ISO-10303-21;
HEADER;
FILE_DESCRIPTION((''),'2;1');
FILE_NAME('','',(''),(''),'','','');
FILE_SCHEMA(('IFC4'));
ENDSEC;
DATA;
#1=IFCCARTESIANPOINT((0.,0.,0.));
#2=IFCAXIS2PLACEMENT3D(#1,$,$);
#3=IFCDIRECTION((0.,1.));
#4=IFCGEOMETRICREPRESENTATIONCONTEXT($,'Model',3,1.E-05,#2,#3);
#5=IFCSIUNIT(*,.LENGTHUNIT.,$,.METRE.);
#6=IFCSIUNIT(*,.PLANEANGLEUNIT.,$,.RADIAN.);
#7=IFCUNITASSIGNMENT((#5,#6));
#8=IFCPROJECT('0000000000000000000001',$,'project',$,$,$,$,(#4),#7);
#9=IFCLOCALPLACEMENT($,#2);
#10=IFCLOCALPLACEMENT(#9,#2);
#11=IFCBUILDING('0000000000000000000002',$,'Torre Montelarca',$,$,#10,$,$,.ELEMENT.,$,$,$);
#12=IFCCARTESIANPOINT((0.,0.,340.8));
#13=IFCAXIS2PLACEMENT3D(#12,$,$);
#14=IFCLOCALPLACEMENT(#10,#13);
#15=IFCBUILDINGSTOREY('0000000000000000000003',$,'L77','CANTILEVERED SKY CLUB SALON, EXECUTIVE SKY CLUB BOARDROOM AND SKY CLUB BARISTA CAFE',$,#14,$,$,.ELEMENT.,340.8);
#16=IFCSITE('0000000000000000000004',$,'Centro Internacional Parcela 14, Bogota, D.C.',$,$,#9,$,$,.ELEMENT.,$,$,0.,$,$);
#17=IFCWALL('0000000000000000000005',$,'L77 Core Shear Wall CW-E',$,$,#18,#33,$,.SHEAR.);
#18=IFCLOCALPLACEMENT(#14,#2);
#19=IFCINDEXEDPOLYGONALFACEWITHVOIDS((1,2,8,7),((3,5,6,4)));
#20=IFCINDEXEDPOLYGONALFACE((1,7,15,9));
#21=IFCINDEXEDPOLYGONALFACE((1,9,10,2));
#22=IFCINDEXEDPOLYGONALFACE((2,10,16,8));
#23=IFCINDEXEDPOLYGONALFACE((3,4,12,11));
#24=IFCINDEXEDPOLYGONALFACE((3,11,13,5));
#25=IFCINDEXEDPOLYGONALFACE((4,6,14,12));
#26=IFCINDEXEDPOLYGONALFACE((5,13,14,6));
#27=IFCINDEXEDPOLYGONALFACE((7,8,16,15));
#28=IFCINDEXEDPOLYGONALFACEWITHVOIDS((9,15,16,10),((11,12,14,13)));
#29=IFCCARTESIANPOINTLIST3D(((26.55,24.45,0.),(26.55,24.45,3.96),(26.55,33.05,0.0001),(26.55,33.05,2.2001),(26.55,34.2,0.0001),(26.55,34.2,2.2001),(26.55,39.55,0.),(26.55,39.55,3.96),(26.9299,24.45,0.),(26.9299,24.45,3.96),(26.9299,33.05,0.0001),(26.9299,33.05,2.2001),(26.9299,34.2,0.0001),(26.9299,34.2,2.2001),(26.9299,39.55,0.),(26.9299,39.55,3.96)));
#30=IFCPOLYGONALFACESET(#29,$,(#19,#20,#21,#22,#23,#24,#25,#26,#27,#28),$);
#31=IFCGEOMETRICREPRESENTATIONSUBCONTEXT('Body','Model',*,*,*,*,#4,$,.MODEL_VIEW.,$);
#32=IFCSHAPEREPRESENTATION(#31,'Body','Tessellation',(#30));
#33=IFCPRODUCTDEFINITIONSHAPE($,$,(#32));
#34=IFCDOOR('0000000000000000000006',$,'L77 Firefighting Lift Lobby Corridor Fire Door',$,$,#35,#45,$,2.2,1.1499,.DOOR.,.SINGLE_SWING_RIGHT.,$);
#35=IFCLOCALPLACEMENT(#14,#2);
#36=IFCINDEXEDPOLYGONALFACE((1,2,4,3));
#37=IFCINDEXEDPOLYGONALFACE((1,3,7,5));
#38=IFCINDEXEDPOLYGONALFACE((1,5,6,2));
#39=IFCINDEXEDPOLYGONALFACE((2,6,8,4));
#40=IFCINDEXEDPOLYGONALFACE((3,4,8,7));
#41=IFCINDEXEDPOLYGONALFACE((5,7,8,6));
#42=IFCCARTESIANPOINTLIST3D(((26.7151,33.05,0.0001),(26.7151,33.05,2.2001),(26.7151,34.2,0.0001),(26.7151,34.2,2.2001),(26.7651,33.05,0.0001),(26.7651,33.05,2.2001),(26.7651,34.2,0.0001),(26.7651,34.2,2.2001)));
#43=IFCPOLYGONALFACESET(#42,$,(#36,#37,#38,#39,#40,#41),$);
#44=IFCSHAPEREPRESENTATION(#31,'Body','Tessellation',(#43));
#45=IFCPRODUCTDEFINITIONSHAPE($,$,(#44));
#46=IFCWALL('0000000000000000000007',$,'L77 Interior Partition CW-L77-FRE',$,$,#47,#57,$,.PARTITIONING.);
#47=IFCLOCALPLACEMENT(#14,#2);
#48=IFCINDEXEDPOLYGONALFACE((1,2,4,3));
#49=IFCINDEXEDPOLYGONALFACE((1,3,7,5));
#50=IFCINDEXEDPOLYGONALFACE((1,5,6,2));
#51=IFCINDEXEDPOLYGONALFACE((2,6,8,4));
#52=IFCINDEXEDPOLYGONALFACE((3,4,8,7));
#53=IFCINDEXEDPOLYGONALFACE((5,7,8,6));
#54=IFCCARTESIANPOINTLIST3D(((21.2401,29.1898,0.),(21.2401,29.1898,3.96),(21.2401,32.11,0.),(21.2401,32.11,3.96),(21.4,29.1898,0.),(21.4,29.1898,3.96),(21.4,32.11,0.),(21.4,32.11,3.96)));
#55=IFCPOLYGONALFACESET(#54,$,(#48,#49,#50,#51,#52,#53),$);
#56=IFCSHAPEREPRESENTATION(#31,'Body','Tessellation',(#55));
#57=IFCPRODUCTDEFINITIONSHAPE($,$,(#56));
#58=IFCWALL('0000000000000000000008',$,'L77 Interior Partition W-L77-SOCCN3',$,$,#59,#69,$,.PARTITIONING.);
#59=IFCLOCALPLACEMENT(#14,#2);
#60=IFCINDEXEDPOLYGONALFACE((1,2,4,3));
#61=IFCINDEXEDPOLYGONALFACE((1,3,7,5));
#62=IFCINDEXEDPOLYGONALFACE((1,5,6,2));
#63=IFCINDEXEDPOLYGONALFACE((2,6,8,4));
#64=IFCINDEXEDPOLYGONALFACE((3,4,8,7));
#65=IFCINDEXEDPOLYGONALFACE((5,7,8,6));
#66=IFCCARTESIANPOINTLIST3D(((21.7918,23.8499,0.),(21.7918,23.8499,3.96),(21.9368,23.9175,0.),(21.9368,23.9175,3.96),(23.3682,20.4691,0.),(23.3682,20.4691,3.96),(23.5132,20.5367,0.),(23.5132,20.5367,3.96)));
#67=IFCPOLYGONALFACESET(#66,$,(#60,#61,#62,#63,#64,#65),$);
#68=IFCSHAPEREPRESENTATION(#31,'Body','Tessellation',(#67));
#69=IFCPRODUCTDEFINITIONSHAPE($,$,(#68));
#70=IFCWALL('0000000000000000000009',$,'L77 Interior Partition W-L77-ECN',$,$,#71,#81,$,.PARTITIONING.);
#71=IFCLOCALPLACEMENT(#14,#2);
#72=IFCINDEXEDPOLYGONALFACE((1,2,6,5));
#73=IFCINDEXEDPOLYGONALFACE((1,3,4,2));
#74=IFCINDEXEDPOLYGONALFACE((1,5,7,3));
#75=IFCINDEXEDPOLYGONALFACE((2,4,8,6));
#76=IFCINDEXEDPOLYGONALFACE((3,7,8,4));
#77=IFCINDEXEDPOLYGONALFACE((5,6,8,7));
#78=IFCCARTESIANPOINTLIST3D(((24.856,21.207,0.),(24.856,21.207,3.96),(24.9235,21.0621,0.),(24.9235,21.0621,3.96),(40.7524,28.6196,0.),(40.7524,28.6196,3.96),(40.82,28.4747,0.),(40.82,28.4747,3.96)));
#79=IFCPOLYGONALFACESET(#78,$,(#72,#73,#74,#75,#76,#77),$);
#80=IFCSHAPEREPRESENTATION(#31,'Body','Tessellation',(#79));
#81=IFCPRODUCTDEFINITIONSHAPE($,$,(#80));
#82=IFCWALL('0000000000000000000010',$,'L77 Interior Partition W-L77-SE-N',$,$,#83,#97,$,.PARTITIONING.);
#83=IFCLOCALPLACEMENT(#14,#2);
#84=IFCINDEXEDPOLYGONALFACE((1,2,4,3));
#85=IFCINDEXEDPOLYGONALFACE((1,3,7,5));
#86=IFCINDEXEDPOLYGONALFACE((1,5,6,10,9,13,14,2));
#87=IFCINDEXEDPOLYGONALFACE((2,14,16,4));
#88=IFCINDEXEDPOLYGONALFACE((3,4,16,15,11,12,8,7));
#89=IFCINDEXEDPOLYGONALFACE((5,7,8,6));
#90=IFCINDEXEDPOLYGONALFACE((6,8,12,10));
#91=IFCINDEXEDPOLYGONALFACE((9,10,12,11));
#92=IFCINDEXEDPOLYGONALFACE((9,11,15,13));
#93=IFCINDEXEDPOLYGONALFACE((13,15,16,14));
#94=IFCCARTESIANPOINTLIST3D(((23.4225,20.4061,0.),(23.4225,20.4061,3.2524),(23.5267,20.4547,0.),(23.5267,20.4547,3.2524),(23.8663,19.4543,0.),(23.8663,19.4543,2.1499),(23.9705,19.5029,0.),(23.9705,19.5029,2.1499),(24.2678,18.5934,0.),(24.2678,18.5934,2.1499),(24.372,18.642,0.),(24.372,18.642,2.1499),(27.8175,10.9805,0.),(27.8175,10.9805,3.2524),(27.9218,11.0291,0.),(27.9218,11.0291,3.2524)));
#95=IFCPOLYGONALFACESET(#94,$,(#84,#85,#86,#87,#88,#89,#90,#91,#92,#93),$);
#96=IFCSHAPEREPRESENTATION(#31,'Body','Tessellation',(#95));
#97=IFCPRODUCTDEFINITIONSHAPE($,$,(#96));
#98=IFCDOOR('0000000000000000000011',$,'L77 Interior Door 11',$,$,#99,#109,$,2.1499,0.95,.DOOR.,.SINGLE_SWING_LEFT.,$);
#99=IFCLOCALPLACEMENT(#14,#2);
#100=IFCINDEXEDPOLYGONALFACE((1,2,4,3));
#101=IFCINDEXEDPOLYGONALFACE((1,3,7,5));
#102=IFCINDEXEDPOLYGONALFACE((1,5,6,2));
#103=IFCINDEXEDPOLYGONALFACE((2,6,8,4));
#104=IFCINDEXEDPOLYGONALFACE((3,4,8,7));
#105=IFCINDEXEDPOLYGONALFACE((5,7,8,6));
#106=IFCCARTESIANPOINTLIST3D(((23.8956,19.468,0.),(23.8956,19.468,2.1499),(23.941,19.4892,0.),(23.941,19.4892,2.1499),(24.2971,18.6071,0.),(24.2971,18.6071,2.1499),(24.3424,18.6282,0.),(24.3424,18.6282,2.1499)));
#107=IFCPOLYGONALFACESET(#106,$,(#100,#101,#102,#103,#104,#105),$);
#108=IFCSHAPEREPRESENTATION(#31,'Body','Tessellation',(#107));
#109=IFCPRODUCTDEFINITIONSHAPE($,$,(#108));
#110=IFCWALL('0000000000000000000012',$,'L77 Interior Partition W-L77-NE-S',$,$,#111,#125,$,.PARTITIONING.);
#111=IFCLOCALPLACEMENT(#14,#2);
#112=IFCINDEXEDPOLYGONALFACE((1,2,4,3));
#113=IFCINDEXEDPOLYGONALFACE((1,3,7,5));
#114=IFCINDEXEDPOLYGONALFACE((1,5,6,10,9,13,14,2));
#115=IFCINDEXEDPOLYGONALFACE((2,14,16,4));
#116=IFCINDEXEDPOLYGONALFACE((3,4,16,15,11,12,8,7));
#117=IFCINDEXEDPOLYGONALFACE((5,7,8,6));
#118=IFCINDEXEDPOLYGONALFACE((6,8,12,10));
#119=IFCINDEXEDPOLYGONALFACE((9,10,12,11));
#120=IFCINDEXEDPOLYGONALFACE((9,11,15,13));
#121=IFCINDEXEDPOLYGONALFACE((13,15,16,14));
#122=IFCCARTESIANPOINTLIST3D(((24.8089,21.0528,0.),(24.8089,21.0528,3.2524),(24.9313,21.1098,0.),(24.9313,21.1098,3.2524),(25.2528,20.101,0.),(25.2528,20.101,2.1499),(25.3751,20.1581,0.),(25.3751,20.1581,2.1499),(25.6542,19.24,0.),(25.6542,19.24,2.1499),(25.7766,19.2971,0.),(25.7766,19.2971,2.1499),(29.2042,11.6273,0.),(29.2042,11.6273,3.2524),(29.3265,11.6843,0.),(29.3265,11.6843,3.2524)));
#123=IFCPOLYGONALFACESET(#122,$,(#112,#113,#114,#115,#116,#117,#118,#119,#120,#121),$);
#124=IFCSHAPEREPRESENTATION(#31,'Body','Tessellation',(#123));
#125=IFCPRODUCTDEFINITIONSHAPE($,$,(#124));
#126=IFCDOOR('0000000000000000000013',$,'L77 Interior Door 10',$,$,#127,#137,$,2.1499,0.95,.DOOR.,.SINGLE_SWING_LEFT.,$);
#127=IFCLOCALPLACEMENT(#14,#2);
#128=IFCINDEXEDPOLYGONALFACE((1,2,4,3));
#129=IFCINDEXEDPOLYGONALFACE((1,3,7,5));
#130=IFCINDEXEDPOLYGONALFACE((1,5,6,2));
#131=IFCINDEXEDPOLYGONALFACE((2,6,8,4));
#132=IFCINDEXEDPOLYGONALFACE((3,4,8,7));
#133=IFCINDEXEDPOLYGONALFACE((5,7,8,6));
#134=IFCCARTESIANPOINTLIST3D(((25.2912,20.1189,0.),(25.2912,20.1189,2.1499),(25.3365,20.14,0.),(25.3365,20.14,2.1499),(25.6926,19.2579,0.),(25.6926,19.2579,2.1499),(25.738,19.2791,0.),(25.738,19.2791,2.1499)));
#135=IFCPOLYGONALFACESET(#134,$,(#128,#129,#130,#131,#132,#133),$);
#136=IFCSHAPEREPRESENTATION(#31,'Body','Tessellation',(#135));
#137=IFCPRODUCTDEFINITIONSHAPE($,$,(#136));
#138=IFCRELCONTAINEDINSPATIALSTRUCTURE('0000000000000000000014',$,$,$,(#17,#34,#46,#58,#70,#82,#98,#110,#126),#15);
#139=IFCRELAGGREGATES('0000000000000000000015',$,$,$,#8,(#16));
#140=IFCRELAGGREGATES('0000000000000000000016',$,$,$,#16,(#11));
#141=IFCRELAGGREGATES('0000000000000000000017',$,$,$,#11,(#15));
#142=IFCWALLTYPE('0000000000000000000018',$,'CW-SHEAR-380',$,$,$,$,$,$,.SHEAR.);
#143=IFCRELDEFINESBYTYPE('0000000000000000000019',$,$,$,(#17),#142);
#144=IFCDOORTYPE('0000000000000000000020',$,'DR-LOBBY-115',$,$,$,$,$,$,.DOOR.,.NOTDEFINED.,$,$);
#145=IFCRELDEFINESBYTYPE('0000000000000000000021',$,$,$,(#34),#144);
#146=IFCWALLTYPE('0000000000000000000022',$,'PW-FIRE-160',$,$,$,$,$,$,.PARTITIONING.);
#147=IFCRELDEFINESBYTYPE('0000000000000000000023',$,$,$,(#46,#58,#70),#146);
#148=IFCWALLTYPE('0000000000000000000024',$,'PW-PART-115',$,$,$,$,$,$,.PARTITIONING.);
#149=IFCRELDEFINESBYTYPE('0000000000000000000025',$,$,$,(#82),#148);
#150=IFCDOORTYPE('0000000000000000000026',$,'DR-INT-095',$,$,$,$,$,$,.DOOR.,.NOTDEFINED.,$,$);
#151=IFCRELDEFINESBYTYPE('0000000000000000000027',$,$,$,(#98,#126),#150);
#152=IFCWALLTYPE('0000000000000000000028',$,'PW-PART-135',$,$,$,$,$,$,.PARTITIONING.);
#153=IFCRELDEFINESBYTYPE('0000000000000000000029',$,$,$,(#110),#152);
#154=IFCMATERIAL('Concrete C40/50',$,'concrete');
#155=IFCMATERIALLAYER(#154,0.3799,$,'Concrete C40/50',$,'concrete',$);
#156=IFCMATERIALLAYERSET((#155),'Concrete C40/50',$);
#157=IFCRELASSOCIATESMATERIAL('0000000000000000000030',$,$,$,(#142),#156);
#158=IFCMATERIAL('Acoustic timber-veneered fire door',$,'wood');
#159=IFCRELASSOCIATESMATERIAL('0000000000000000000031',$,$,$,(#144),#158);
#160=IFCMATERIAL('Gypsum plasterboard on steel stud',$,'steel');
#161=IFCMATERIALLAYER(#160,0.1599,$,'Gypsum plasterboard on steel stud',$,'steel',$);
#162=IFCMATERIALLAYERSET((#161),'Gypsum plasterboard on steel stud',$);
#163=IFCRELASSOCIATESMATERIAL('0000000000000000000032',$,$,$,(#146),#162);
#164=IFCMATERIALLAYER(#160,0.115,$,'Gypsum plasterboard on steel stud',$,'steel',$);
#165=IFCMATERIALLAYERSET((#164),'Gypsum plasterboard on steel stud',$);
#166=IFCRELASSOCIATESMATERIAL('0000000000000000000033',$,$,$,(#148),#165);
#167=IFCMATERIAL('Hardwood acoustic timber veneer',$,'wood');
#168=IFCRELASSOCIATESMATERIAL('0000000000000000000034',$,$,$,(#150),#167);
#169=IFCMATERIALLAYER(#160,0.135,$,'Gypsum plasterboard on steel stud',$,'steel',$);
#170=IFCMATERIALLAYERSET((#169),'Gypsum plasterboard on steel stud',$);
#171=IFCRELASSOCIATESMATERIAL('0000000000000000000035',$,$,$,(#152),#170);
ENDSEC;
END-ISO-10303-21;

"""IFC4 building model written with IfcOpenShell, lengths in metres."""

from ifc_helpers import new_model, si_unit, direction, frame, frame_2d, origin, place, context, subcontext, project, spatial, rectangle, extrude, source, transform, mapped, material, layer, layer_set, type_object, element, fill, save


model = new_model("IFC4")

# Units and contexts
model_context = context("Model", 3, precision=1e-05, world=origin(), true_north=direction((0.0, 1.0)))
body_context = subcontext(model_context, "Body", "Model", "MODEL_VIEW")
ifc_project = project(units=[si_unit("LENGTHUNIT", "METRE"), si_unit("PLANEANGLEUNIT", "RADIAN")], contexts=[model_context])

# Site, building, storey
site_placement = place(None, origin())
site = spatial("IfcSite", under=ifc_project, at=site_placement, Name="Centro Internacional Parcela 14, Bogota, D.C.", CompositionType="ELEMENT", RefElevation=0.0)
building_placement = place(site_placement, origin())
building = spatial("IfcBuilding", under=site, at=building_placement, Name="Torre Montelarca", CompositionType="ELEMENT")
storey_placement = place(building_placement, frame((0.0, 0.0, 340.8)))
storey = spatial("IfcBuildingStorey", under=building, at=storey_placement, Name="L77", Description="CANTILEVERED SKY CLUB SALON, EXECUTIVE SKY CLUB BOARDROOM AND SKY CLUB BARISTA CAFE", CompositionType="ELEMENT", Elevation=340.8)

# Shared definitions
ifc_material_1 = material(Name="Concrete C40/50", Category="concrete")

# Wall, opening, door
ifc_layer_1 = layer(ifc_material_1, 0.3799, Name="Concrete C40/50", Category="concrete")
ifc_layer_set_1 = layer_set([ifc_layer_1], Name="Concrete C40/50")
wall_type_1 = type_object("IfcWallType", Name="CW-SHEAR-380", PredefinedType="SHEAR", material=ifc_layer_set_1)
wall_1_placement = place(storey_placement, frame((26.74, 24.45, 0.0), z_axis=(0.0, 0.0, 1.0), x_axis=(0.0, 1.0, 0.0)))
wall_1 = element("IfcWall", 1, at=wall_1_placement, inside=storey, type_object=wall_type_1, Name="L77 Core Shear Wall CW-E", PredefinedType="SHEAR", context=body_context, shape_type="SweptSolid", body=[
    extrude(rectangle(XDim=15.1001, YDim=0.3799, at=frame_2d((7.55, 0.0))), origin(), (0.0, 0.0, 1.0), 3.96),
])
opening_1_placement = place(wall_1_placement, frame((8.6001, 0.0, 0.0)))
opening_1 = element("IfcOpeningElement", 2, at=opening_1_placement, cuts=wall_1, PredefinedType="OPENING", context=body_context, shape_type="SweptSolid", body=[
    extrude(rectangle(XDim=1.1499, YDim=2.2, at=frame_2d((0.575, 1.1001))), frame((0.0, 0.2, 0.0), z_axis=(0.0, -1.0, 0.0), x_axis=(1.0, 0.0, 0.0)), (0.0, 0.0, 1.0), 0.3999),
])
ifc_material_2 = material(Name="Acoustic timber-veneered fire door", Category="wood")
door_type_1 = type_object("IfcDoorType", Name="DR-LOBBY-115", OperationType="NOTDEFINED", PredefinedType="DOOR", material=ifc_material_2)
shared_shape_1 = source(origin(), body_context, "Body", "SweptSolid", [
    extrude(rectangle(XDim=1.1499, YDim=2.2, at=frame_2d((0.575, 1.1001))), frame((0.0, 0.0249, 0.0), z_axis=(0.0, -1.0, 0.0), x_axis=(1.0, 0.0, 0.0)), (0.0, 0.0, 1.0), 0.05),
])
door_1_placement = place(opening_1_placement, origin())
door_1 = element("IfcDoor", 3, at=door_1_placement, inside=storey, type_object=door_type_1, Name="L77 Firefighting Lift Lobby Corridor Fire Door", OperationType="SINGLE_SWING_RIGHT", OverallHeight=2.2, OverallWidth=1.1499, PredefinedType="DOOR", context=body_context, shape_type="MappedRepresentation", body=[
    mapped(shared_shape_1, transform((0.0, 0.0, 0.0), scale=1.0)),
])
fill(opening_1, door_1)

# Walls
ifc_material_3 = material(Name="Gypsum plasterboard on steel stud", Category="steel")
ifc_layer_2 = layer(ifc_material_3, 0.1599, Name="Gypsum plasterboard on steel stud", Category="steel")
ifc_layer_set_2 = layer_set([ifc_layer_2], Name="Gypsum plasterboard on steel stud")
wall_type_2 = type_object("IfcWallType", Name="PW-FIRE-160", PredefinedType="PARTITIONING", material=ifc_layer_set_2)
wall_2_placement = place(storey_placement, frame((21.3201, 29.1899, 0.0), z_axis=(0.0, 0.0, 1.0), x_axis=(0.0, 1.0, 0.0)))
element("IfcWall", 4, at=wall_2_placement, inside=storey, type_object=wall_type_2, Name="L77 Interior Partition CW-L77-FRE", PredefinedType="PARTITIONING", context=body_context, shape_type="SweptSolid", body=[
    extrude(rectangle(XDim=2.9202, YDim=0.1599, at=frame_2d((1.46, 0.0))), origin(), (0.0, 0.0, 1.0), 3.96),
])
wall_3_placement = place(storey_placement, frame((21.8643, 23.8838, 0.0), z_axis=(0.0, 0.0, 1.0), x_axis=(0.422595, -0.906319, 0.0)))
element("IfcWall", 5, at=wall_3_placement, inside=storey, type_object=wall_type_2, Name="L77 Interior Partition W-L77-SOCCN3", PredefinedType="PARTITIONING", context=body_context, shape_type="SweptSolid", body=[
    extrude(rectangle(XDim=3.7302, YDim=0.1599, at=frame_2d((1.8652, 0.0))), origin(), (0.0, 0.0, 1.0), 3.96),
])
wall_4_placement = place(storey_placement, frame((24.8896, 21.1345, 0.0), z_axis=(0.0, 0.0, 1.0), x_axis=(0.906309, 0.422616, 0.0)))
element("IfcWall", 6, at=wall_4_placement, inside=storey, type_object=wall_type_2, Name="L77 Interior Partition W-L77-ECN", PredefinedType="PARTITIONING", context=body_context, shape_type="SweptSolid", body=[
    extrude(rectangle(XDim=17.5398, YDim=0.1599, at=frame_2d((8.77, 0.0))), origin(), (0.0, 0.0, 1.0), 3.96),
])

# Walls, openings, doors
ifc_layer_3 = layer(ifc_material_3, 0.115, Name="Gypsum plasterboard on steel stud", Category="steel")
ifc_layer_set_3 = layer_set([ifc_layer_3], Name="Gypsum plasterboard on steel stud")
wall_type_3 = type_object("IfcWallType", Name="PW-PART-115", PredefinedType="PARTITIONING", material=ifc_layer_set_3)
wall_5_placement = place(storey_placement, frame((23.4746, 20.4304, 0.0), z_axis=(0.0, 0.0, 1.0), x_axis=(0.422604, -0.906314, 0.0)))
wall_5 = element("IfcWall", 7, at=wall_5_placement, inside=storey, type_object=wall_type_3, Name="L77 Interior Partition W-L77-SE-N", PredefinedType="PARTITIONING", context=body_context, shape_type="SweptSolid", body=[
    extrude(rectangle(XDim=10.3999, YDim=0.115, at=frame_2d((5.2, 0.0))), origin(), (0.0, 0.0, 1.0), 3.2524),
])
opening_2_placement = place(wall_5_placement, frame((1.05, 0.0, 0.0)))
opening_2 = element("IfcOpeningElement", 8, at=opening_2_placement, cuts=wall_5, PredefinedType="OPENING", context=body_context, shape_type="SweptSolid", body=[
    extrude(rectangle(XDim=0.95, YDim=2.1499, at=frame_2d((0.4751, 1.075))), frame((0.0, 0.0674, 0.0), z_axis=(0.0, -1.0, 0.0), x_axis=(1.0, 0.0, 0.0)), (0.0, 0.0, 1.0), 0.135),
])
ifc_material_4 = material(Name="Hardwood acoustic timber veneer", Category="wood")
door_type_2 = type_object("IfcDoorType", Name="DR-INT-095", OperationType="NOTDEFINED", PredefinedType="DOOR", material=ifc_material_4)
shared_shape_2 = source(origin(), body_context, "Body", "SweptSolid", [
    extrude(rectangle(XDim=0.95, YDim=2.1499, at=frame_2d((0.4751, 1.075))), frame((0.0, 0.0249, 0.0), z_axis=(0.0, -1.0, 0.0), x_axis=(1.0, 0.0, 0.0)), (0.0, 0.0, 1.0), 0.05),
])
door_2_placement = place(opening_2_placement, origin())
door_2 = element("IfcDoor", 9, at=door_2_placement, inside=storey, type_object=door_type_2, Name="L77 Interior Door 11", OperationType="SINGLE_SWING_LEFT", OverallHeight=2.1499, OverallWidth=0.95, PredefinedType="DOOR", context=body_context, shape_type="MappedRepresentation", body=[
    mapped(shared_shape_2, transform((0.0, 0.0, 0.0), scale=1.0)),
])
fill(opening_2, door_2)
ifc_layer_4 = layer(ifc_material_3, 0.135, Name="Gypsum plasterboard on steel stud", Category="steel")
ifc_layer_set_4 = layer_set([ifc_layer_4], Name="Gypsum plasterboard on steel stud")
wall_type_4 = type_object("IfcWallType", Name="PW-PART-135", PredefinedType="PARTITIONING", material=ifc_layer_set_4)
wall_6_placement = place(storey_placement, frame((24.8701, 21.0813, 0.0), z_axis=(0.0, 0.0, 1.0), x_axis=(0.422623, -0.906305, 0.0)))
wall_6 = element("IfcWall", 10, at=wall_6_placement, inside=storey, type_object=wall_type_4, Name="L77 Interior Partition W-L77-NE-S", PredefinedType="PARTITIONING", context=body_context, shape_type="SweptSolid", body=[
    extrude(rectangle(XDim=10.3999, YDim=0.135, at=frame_2d((5.2, 0.0))), origin(), (0.0, 0.0, 1.0), 3.2524),
])
opening_3_placement = place(wall_6_placement, frame((1.05, 0.0, 0.0)))
opening_3 = element("IfcOpeningElement", 11, at=opening_3_placement, cuts=wall_6, PredefinedType="OPENING", context=body_context, shape_type="SweptSolid", body=[
    extrude(rectangle(XDim=0.95, YDim=2.1499, at=frame_2d((0.4751, 1.075))), frame((0.0, 0.0776, 0.0), z_axis=(0.0, -1.0, 0.0), x_axis=(1.0, 0.0, 0.0)), (0.0, 0.0, 1.0), 0.155),
])
door_3_placement = place(opening_3_placement, origin())
door_3 = element("IfcDoor", 12, at=door_3_placement, inside=storey, type_object=door_type_2, Name="L77 Interior Door 10", OperationType="SINGLE_SWING_LEFT", OverallHeight=2.1499, OverallWidth=0.95, PredefinedType="DOOR", context=body_context, shape_type="MappedRepresentation", body=[
    mapped(shared_shape_2, transform((0.0, 0.0, 0.0), scale=1.0)),
])
fill(opening_3, door_3)

save(model, "model.ifc")
